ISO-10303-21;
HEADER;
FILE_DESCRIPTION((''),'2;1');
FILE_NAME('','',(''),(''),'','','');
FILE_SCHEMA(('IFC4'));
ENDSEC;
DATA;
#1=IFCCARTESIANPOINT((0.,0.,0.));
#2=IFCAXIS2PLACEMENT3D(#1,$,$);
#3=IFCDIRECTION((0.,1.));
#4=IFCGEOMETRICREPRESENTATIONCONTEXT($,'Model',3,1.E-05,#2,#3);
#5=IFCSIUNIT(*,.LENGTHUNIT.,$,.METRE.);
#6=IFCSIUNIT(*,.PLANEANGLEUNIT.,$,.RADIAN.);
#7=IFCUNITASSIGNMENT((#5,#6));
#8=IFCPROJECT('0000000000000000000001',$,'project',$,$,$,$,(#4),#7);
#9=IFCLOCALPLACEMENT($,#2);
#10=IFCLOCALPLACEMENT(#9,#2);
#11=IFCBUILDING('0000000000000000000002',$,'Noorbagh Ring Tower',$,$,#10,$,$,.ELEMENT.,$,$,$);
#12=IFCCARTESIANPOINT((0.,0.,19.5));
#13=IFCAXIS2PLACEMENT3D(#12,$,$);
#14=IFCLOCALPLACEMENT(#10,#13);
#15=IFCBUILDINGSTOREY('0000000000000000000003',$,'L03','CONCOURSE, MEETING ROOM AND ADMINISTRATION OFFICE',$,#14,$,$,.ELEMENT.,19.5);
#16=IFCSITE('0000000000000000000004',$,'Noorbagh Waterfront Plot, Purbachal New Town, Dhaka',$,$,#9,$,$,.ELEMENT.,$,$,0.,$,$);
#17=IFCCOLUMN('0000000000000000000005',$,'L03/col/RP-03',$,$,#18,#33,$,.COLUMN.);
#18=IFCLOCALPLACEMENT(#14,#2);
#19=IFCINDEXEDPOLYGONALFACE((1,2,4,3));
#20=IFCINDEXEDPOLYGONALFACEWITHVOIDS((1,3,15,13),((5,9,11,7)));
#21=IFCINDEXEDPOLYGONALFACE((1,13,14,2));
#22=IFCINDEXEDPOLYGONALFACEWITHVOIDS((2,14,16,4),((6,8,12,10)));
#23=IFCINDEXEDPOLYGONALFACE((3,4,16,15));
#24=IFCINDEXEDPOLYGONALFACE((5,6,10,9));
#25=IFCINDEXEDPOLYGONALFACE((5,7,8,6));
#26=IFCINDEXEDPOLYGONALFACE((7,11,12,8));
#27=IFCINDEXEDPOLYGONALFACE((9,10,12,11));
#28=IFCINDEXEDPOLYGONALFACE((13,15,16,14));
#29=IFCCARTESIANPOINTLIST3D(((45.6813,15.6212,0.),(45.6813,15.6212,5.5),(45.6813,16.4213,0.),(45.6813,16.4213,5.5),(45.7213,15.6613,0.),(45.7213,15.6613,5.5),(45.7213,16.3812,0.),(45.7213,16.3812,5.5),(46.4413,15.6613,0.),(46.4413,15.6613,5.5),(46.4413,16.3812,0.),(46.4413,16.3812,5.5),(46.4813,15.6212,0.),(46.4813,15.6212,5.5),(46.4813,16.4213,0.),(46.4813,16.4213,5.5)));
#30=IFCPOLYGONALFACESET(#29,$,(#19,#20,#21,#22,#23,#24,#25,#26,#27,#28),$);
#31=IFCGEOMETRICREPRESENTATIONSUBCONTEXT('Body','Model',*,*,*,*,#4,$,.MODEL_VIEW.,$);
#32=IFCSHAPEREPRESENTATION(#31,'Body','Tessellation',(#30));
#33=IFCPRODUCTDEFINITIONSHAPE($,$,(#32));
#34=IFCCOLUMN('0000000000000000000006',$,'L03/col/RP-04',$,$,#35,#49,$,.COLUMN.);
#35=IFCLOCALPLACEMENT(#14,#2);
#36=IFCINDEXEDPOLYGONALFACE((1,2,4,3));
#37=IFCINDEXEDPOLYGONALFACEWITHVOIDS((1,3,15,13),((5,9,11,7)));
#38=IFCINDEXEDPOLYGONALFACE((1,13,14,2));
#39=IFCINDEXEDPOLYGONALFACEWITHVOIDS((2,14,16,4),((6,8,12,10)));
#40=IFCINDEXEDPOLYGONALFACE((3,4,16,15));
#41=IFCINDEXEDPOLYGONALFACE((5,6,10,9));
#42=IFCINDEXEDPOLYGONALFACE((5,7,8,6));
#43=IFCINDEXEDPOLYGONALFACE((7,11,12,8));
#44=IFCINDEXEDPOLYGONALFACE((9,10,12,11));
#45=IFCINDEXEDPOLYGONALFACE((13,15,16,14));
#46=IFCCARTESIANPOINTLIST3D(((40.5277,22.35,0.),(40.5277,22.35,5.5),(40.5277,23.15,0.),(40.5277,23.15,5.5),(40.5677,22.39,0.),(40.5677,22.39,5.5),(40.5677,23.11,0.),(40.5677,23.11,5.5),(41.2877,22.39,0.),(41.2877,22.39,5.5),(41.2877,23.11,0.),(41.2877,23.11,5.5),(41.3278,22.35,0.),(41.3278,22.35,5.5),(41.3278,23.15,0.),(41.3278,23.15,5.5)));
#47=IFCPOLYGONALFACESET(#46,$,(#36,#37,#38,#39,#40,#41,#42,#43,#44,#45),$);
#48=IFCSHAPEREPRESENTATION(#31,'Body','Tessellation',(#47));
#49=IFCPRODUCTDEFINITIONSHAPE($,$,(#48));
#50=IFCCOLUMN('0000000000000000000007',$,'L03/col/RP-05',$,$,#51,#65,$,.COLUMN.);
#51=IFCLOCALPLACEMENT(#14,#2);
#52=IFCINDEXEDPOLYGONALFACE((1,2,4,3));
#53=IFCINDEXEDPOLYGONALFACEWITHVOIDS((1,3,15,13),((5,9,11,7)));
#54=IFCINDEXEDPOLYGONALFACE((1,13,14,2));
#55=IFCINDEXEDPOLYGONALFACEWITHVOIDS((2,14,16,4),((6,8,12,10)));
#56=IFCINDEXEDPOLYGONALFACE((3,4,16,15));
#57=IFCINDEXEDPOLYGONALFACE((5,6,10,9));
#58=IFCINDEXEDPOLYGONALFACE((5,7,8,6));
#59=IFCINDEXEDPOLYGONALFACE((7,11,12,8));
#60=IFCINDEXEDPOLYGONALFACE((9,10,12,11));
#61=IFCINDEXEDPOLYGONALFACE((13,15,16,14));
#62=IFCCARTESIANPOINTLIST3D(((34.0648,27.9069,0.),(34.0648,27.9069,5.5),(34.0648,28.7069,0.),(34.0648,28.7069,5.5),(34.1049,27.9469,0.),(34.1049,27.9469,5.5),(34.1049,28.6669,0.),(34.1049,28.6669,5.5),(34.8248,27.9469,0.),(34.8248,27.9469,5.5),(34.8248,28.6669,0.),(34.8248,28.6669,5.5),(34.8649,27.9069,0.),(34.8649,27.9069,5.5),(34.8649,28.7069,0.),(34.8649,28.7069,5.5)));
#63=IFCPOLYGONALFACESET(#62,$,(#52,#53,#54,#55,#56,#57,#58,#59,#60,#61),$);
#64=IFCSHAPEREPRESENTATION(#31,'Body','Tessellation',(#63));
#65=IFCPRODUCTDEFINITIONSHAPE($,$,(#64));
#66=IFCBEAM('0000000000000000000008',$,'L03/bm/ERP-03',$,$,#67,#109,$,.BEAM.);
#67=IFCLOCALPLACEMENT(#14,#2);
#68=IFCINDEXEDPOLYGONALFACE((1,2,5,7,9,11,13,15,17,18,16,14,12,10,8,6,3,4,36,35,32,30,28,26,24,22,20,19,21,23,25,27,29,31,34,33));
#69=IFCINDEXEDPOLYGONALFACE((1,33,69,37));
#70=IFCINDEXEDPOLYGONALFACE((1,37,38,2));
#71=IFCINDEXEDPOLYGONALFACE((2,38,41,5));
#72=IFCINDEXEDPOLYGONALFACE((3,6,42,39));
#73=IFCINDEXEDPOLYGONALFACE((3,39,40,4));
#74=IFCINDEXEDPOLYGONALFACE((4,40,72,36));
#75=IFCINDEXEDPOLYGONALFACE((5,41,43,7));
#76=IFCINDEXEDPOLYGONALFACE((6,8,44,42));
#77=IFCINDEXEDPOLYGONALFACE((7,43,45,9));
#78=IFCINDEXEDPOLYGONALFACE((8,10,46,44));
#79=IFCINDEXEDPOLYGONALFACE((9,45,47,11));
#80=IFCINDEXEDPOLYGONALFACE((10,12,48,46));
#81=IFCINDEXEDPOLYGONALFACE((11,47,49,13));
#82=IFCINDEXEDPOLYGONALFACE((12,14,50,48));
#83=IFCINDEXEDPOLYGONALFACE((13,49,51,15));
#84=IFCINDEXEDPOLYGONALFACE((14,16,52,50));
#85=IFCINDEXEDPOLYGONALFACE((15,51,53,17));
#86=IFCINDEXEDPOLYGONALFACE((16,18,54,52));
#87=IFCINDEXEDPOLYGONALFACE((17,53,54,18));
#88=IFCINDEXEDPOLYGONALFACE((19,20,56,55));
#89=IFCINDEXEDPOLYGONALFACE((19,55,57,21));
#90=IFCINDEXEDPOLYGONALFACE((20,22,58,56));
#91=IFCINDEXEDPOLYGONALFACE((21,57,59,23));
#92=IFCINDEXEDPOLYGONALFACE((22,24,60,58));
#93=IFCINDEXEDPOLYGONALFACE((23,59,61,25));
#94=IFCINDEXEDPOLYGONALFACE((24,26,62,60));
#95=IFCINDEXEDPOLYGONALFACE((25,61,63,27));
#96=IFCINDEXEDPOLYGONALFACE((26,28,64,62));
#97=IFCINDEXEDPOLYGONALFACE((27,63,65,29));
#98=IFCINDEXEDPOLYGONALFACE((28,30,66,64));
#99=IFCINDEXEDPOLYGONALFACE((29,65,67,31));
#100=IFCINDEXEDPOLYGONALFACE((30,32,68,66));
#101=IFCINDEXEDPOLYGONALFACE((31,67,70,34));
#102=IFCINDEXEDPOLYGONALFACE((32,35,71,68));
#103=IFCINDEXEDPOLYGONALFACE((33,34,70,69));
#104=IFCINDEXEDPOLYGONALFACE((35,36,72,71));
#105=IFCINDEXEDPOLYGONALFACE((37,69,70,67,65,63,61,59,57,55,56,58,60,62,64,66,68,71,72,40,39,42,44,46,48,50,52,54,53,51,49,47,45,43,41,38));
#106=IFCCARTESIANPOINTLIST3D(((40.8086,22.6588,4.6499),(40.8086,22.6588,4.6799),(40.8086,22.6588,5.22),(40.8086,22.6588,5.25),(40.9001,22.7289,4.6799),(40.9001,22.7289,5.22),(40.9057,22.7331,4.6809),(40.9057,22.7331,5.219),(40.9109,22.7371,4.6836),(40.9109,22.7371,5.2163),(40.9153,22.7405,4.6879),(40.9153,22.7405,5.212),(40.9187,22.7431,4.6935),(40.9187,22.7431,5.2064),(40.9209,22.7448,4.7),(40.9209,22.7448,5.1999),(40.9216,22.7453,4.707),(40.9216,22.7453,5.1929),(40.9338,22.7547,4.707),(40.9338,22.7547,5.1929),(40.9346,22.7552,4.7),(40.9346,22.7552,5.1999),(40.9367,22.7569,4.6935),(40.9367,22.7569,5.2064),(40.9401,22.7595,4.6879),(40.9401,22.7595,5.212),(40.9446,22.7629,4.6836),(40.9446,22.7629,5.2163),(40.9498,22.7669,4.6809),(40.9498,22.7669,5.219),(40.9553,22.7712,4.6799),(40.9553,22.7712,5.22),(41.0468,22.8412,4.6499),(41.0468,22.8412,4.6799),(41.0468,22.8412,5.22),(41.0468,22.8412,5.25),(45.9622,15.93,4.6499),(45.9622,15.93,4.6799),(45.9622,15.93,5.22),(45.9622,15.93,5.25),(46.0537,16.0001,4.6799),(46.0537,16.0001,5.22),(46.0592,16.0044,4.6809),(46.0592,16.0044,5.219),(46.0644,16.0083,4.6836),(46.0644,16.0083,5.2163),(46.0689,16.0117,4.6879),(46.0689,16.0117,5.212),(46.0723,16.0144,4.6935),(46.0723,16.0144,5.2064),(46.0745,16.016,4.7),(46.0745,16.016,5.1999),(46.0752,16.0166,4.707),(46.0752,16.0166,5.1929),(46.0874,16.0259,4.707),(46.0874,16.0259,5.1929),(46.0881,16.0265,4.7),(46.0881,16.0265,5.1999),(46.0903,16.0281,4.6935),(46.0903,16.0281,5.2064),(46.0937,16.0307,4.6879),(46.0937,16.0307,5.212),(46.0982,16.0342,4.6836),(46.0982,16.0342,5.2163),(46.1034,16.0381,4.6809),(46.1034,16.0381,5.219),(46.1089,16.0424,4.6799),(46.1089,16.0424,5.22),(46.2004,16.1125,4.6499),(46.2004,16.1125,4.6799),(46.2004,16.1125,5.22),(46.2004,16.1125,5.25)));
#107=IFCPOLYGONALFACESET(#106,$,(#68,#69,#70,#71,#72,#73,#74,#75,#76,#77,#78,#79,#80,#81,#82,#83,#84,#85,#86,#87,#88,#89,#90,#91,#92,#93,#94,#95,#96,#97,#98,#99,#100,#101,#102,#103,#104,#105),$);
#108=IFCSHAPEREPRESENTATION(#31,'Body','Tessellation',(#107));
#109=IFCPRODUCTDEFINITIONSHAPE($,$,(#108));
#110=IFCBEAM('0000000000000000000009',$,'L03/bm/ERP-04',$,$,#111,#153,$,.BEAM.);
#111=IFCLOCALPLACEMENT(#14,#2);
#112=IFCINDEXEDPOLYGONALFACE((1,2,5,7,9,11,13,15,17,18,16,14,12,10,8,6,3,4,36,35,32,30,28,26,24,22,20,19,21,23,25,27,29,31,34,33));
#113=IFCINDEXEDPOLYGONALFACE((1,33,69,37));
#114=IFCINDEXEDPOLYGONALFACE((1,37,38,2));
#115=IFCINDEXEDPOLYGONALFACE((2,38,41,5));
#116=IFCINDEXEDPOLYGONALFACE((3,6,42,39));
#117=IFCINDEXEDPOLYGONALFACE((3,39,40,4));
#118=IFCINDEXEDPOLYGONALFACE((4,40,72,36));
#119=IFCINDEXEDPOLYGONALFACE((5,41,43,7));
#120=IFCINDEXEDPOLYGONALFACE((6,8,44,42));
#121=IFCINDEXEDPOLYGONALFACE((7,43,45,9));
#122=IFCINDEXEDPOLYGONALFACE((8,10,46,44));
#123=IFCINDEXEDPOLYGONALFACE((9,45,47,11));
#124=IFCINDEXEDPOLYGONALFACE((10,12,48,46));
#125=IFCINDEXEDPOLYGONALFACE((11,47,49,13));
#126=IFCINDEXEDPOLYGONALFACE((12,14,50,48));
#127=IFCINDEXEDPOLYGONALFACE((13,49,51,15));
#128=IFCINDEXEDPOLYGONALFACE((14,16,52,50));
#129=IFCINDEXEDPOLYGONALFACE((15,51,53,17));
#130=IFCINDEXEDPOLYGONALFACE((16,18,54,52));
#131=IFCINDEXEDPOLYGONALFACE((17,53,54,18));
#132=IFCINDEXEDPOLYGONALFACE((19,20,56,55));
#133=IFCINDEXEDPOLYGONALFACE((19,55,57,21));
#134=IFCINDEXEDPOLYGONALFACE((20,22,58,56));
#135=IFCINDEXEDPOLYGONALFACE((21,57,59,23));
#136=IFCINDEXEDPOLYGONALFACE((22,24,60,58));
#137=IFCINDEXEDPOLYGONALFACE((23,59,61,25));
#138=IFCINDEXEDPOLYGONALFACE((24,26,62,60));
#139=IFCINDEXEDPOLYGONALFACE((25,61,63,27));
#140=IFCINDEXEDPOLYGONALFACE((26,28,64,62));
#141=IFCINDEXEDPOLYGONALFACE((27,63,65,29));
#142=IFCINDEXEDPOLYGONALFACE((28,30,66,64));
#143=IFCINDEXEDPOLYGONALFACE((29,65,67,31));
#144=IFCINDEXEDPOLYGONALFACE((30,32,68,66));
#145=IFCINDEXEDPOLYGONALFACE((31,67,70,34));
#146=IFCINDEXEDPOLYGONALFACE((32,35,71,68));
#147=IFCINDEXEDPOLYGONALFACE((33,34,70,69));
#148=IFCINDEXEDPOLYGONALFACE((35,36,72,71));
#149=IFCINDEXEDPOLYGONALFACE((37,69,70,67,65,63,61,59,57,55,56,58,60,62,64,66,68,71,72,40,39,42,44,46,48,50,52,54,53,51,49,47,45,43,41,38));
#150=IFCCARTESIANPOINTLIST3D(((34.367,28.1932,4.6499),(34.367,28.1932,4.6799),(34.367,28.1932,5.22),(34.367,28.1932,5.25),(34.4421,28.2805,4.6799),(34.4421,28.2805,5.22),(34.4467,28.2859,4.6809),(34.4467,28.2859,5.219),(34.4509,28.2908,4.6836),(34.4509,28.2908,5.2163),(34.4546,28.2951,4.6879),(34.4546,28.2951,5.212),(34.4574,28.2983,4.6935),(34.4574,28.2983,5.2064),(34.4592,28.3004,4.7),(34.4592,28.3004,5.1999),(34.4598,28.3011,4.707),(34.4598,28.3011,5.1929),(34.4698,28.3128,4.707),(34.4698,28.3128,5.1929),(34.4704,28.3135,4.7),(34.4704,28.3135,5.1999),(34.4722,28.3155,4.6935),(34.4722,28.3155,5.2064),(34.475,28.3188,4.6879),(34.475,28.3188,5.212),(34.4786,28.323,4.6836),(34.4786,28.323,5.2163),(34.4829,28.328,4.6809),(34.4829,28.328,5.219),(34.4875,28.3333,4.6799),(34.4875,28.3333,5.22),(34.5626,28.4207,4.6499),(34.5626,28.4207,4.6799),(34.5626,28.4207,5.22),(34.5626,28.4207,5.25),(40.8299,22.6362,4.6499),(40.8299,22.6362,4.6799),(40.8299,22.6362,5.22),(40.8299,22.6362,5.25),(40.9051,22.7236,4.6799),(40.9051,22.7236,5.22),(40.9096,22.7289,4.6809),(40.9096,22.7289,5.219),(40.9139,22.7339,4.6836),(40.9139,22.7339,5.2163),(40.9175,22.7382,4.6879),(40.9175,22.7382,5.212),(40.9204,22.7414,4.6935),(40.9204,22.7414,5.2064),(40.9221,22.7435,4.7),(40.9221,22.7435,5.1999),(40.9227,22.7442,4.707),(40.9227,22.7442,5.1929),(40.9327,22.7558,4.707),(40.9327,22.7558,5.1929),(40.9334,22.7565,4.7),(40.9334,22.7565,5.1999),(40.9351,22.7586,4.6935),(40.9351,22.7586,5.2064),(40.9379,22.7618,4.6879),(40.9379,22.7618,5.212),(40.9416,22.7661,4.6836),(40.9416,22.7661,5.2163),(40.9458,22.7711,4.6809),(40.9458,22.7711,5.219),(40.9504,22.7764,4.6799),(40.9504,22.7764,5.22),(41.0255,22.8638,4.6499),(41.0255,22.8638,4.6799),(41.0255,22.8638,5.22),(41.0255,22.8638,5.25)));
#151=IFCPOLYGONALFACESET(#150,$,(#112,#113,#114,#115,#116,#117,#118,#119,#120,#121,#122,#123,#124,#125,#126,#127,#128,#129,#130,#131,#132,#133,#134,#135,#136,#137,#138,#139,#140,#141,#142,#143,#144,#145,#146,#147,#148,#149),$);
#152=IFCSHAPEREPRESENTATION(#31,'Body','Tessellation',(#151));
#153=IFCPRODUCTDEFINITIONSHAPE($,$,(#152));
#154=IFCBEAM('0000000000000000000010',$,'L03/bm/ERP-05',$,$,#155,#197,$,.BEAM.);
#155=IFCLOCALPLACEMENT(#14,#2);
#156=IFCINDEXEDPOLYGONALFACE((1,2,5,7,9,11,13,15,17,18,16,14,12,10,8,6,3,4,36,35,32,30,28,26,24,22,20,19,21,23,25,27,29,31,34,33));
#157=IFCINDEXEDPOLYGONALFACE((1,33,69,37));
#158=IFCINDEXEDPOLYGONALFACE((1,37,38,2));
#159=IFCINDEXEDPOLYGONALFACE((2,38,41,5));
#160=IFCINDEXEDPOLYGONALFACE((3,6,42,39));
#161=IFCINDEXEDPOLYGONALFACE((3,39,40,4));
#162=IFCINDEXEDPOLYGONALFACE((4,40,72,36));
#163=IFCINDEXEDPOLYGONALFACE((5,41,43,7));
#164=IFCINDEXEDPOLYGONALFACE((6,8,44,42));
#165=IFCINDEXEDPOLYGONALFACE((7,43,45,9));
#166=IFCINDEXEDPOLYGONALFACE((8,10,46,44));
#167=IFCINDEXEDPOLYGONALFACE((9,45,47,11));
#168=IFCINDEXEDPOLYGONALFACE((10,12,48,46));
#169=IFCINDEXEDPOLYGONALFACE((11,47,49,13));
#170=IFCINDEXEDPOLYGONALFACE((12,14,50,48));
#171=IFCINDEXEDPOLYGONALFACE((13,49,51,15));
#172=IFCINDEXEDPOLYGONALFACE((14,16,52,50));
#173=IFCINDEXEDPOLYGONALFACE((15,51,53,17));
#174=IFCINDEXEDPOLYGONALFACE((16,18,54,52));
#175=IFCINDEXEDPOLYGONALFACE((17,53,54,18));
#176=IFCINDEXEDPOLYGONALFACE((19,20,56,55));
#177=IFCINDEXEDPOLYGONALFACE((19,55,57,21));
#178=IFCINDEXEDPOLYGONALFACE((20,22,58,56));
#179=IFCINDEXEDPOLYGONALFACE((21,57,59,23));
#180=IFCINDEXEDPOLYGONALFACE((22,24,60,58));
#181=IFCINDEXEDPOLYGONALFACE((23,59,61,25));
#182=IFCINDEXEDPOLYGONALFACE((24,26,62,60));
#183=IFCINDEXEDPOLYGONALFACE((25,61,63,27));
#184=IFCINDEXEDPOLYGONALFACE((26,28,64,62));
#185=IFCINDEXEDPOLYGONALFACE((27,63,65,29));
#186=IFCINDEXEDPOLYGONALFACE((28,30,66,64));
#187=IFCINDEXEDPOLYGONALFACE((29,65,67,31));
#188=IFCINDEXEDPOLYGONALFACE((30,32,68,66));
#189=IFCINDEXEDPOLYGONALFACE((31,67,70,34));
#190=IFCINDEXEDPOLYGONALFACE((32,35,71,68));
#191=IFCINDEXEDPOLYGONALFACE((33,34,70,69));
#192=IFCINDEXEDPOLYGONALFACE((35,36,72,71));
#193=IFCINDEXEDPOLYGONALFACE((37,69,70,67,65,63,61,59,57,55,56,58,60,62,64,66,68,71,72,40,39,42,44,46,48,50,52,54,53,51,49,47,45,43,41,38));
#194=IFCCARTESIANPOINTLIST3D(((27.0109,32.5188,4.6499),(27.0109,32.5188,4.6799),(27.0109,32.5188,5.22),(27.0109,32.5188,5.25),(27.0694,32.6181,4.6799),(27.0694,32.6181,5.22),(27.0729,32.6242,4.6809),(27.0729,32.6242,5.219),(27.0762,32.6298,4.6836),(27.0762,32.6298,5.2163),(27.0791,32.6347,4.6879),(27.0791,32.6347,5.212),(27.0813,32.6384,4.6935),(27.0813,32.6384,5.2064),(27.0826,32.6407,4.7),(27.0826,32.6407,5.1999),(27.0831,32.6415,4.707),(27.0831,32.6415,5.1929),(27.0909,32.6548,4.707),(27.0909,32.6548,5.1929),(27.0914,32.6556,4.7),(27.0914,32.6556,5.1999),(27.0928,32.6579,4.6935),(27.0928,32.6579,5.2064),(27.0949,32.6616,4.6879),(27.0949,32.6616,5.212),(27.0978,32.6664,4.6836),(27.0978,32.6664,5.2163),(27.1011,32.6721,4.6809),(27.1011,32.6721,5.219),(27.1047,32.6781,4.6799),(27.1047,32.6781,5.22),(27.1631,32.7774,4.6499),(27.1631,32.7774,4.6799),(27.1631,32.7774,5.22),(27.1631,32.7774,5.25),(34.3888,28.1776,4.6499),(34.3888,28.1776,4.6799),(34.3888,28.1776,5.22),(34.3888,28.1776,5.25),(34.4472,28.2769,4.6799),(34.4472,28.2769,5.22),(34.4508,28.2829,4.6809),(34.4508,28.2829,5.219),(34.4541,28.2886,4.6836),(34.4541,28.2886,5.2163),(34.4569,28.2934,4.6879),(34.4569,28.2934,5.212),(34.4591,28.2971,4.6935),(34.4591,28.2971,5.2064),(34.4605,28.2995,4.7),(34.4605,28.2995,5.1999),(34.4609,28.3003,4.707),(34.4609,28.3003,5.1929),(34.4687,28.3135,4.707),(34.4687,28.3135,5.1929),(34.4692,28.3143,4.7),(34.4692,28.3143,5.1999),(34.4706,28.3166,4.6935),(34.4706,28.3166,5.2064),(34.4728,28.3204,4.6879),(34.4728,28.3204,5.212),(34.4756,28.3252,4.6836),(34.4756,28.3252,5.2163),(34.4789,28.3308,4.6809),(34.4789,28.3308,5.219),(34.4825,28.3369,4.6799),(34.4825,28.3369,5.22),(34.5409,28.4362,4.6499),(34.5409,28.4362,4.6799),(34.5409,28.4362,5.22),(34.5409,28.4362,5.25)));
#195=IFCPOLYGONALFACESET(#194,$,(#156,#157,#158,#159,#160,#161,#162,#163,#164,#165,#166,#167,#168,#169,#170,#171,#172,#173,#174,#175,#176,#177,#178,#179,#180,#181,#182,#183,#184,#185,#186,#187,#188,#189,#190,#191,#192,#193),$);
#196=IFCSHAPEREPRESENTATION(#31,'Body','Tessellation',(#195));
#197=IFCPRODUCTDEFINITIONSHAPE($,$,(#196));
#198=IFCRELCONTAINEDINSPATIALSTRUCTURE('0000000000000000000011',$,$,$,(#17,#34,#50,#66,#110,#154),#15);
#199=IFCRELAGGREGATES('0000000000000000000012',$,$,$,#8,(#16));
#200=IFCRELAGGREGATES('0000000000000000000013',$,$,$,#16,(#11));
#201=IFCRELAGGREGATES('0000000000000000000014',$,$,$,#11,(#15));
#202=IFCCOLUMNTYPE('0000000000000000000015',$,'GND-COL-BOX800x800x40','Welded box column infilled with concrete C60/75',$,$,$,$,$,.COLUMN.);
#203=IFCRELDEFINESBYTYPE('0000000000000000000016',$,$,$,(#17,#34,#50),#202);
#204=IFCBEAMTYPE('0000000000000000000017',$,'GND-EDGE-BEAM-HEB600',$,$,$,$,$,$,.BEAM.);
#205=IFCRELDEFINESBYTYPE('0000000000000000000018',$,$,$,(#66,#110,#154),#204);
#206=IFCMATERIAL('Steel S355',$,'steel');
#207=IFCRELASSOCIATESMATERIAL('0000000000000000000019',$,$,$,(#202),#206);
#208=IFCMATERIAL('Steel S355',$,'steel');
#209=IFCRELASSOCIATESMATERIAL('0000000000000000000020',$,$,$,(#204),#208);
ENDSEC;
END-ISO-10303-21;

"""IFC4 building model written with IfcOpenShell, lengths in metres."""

from ifc_helpers import new_model, si_unit, direction, frame, origin, origin_2d, place, context, subcontext, project, spatial, hollow_rectangle, i_section, extrude, material, material_profile, profile_set, type_object, element, save


model = new_model("IFC4")

# Units and contexts
model_context = context("Model", 3, precision=1e-05, world=origin(), true_north=direction((0.0, 1.0)))
body_context = subcontext(model_context, "Body", "Model", "MODEL_VIEW")
ifc_project = project(units=[si_unit("LENGTHUNIT", "METRE"), si_unit("PLANEANGLEUNIT", "RADIAN")], contexts=[model_context])

# Site, building, storey
site_placement = place(None, origin())
site = spatial("IfcSite", under=ifc_project, at=site_placement, Name="Noorbagh Waterfront Plot, Purbachal New Town, Dhaka", CompositionType="ELEMENT", RefElevation=0.0)
building_placement = place(site_placement, origin())
building = spatial("IfcBuilding", under=site, at=building_placement, Name="Noorbagh Ring Tower", CompositionType="ELEMENT")
storey_placement = place(building_placement, frame((0.0, 0.0, 19.5)))
storey = spatial("IfcBuildingStorey", under=building, at=storey_placement, Name="L03", Description="CONCOURSE, MEETING ROOM AND ADMINISTRATION OFFICE", CompositionType="ELEMENT", Elevation=19.5)

# Columns
ifc_material_1 = material(Name="Steel S355", Category="steel")
ifc_material_profile_1 = material_profile(ifc_material_1, hollow_rectangle(XDim=0.8, YDim=0.8, WallThickness=0.04, at=origin_2d()), Name="BOX800x800x40")
ifc_profile_set_1 = profile_set([ifc_material_profile_1], Name="Steel S355")
column_type = type_object("IfcColumnType", Name="GND-COL-BOX800x800x40", Description="Welded box column infilled with concrete C60/75", PredefinedType="COLUMN", material=ifc_profile_set_1)
for number, where, z_axis, x_axis, name in (
    (1, (46.0813, 16.0212, 0.0), (0.0, 0.0, 1.0), (1.0, 0.0, 0.0), "L03/col/RP-03"),
    (2, (40.9277, 22.75, 0.0), (0.0, 0.0, 1.0), (1.0, 0.0, 0.0), "L03/col/RP-04"),
    (3, (34.4648, 28.3069, 0.0), (0.0, 0.0, 1.0), (1.0, 0.0, 0.0), "L03/col/RP-05"),
):
    element("IfcColumn", number, at=place(storey_placement, frame(where, z_axis=z_axis, x_axis=x_axis)), inside=storey, type_object=column_type, Name=name, PredefinedType="COLUMN", context=body_context, shape_type="SweptSolid", body=[
        extrude(hollow_rectangle(XDim=0.8, YDim=0.8, WallThickness=0.04, at=origin_2d()), origin(), (0.0, 0.0, 1.0), 5.5),
    ])

# Beams
ifc_material_2 = material(Name="Steel S355", Category="steel")
ifc_material_profile_2 = material_profile(ifc_material_2, i_section(OverallWidth=0.3, OverallDepth=0.6001, WebThickness=0.0154, FlangeThickness=0.03, FilletRadius=0.0271, at=origin_2d()), Name="HEB600")
ifc_profile_set_2 = profile_set([ifc_material_profile_2], Name="Steel S355")
beam_type_1 = type_object("IfcBeamType", Name="GND-EDGE-BEAM-HEB600", PredefinedType="BEAM", material=ifc_profile_set_2)
beam_1_placement = place(storey_placement, frame((46.0813, 16.0212, 4.95), z_axis=(-0.608049, 0.7939, 0.0), x_axis=(-0.7939, -0.608049, 0.0)))
element("IfcBeam", 4, at=beam_1_placement, inside=storey, type_object=beam_type_1, Name="L03/bm/ERP-03", PredefinedType="BEAM", context=body_context, shape_type="SweptSolid", body=[
    extrude(i_section(OverallWidth=0.3, OverallDepth=0.6001, WebThickness=0.0154, FlangeThickness=0.03, FilletRadius=0.0271, at=origin_2d()), origin(), (0.0, 0.0, 1.0), 8.4756),
])
beam_2_placement = place(storey_placement, frame((40.9277, 22.75, 4.95), z_axis=(-0.758255, 0.651958, 0.0), x_axis=(-0.651958, -0.758255, 0.0)))
element("IfcBeam", 5, at=beam_2_placement, inside=storey, type_object=beam_type_1, Name="L03/bm/ERP-04", PredefinedType="BEAM", context=body_context, shape_type="SweptSolid", body=[
    extrude(i_section(OverallWidth=0.3, OverallDepth=0.6001, WebThickness=0.0154, FlangeThickness=0.03, FilletRadius=0.0271, at=origin_2d()), origin(), (0.0, 0.0, 1.0), 8.5234),
])
beam_3_placement = place(storey_placement, frame((34.4648, 28.3069, 4.95), z_axis=(-0.861865, 0.507137, 0.0), x_axis=(-0.507137, -0.861865, 0.0)))
element("IfcBeam", 6, at=beam_3_placement, inside=storey, type_object=beam_type_1, Name="L03/bm/ERP-05", PredefinedType="BEAM", context=body_context, shape_type="SweptSolid", body=[
    extrude(i_section(OverallWidth=0.3, OverallDepth=0.6001, WebThickness=0.0154, FlangeThickness=0.03, FilletRadius=0.0271, at=origin_2d()), origin(), (0.0, 0.0, 1.0), 8.5603),
])

save(model, "model.ifc")
